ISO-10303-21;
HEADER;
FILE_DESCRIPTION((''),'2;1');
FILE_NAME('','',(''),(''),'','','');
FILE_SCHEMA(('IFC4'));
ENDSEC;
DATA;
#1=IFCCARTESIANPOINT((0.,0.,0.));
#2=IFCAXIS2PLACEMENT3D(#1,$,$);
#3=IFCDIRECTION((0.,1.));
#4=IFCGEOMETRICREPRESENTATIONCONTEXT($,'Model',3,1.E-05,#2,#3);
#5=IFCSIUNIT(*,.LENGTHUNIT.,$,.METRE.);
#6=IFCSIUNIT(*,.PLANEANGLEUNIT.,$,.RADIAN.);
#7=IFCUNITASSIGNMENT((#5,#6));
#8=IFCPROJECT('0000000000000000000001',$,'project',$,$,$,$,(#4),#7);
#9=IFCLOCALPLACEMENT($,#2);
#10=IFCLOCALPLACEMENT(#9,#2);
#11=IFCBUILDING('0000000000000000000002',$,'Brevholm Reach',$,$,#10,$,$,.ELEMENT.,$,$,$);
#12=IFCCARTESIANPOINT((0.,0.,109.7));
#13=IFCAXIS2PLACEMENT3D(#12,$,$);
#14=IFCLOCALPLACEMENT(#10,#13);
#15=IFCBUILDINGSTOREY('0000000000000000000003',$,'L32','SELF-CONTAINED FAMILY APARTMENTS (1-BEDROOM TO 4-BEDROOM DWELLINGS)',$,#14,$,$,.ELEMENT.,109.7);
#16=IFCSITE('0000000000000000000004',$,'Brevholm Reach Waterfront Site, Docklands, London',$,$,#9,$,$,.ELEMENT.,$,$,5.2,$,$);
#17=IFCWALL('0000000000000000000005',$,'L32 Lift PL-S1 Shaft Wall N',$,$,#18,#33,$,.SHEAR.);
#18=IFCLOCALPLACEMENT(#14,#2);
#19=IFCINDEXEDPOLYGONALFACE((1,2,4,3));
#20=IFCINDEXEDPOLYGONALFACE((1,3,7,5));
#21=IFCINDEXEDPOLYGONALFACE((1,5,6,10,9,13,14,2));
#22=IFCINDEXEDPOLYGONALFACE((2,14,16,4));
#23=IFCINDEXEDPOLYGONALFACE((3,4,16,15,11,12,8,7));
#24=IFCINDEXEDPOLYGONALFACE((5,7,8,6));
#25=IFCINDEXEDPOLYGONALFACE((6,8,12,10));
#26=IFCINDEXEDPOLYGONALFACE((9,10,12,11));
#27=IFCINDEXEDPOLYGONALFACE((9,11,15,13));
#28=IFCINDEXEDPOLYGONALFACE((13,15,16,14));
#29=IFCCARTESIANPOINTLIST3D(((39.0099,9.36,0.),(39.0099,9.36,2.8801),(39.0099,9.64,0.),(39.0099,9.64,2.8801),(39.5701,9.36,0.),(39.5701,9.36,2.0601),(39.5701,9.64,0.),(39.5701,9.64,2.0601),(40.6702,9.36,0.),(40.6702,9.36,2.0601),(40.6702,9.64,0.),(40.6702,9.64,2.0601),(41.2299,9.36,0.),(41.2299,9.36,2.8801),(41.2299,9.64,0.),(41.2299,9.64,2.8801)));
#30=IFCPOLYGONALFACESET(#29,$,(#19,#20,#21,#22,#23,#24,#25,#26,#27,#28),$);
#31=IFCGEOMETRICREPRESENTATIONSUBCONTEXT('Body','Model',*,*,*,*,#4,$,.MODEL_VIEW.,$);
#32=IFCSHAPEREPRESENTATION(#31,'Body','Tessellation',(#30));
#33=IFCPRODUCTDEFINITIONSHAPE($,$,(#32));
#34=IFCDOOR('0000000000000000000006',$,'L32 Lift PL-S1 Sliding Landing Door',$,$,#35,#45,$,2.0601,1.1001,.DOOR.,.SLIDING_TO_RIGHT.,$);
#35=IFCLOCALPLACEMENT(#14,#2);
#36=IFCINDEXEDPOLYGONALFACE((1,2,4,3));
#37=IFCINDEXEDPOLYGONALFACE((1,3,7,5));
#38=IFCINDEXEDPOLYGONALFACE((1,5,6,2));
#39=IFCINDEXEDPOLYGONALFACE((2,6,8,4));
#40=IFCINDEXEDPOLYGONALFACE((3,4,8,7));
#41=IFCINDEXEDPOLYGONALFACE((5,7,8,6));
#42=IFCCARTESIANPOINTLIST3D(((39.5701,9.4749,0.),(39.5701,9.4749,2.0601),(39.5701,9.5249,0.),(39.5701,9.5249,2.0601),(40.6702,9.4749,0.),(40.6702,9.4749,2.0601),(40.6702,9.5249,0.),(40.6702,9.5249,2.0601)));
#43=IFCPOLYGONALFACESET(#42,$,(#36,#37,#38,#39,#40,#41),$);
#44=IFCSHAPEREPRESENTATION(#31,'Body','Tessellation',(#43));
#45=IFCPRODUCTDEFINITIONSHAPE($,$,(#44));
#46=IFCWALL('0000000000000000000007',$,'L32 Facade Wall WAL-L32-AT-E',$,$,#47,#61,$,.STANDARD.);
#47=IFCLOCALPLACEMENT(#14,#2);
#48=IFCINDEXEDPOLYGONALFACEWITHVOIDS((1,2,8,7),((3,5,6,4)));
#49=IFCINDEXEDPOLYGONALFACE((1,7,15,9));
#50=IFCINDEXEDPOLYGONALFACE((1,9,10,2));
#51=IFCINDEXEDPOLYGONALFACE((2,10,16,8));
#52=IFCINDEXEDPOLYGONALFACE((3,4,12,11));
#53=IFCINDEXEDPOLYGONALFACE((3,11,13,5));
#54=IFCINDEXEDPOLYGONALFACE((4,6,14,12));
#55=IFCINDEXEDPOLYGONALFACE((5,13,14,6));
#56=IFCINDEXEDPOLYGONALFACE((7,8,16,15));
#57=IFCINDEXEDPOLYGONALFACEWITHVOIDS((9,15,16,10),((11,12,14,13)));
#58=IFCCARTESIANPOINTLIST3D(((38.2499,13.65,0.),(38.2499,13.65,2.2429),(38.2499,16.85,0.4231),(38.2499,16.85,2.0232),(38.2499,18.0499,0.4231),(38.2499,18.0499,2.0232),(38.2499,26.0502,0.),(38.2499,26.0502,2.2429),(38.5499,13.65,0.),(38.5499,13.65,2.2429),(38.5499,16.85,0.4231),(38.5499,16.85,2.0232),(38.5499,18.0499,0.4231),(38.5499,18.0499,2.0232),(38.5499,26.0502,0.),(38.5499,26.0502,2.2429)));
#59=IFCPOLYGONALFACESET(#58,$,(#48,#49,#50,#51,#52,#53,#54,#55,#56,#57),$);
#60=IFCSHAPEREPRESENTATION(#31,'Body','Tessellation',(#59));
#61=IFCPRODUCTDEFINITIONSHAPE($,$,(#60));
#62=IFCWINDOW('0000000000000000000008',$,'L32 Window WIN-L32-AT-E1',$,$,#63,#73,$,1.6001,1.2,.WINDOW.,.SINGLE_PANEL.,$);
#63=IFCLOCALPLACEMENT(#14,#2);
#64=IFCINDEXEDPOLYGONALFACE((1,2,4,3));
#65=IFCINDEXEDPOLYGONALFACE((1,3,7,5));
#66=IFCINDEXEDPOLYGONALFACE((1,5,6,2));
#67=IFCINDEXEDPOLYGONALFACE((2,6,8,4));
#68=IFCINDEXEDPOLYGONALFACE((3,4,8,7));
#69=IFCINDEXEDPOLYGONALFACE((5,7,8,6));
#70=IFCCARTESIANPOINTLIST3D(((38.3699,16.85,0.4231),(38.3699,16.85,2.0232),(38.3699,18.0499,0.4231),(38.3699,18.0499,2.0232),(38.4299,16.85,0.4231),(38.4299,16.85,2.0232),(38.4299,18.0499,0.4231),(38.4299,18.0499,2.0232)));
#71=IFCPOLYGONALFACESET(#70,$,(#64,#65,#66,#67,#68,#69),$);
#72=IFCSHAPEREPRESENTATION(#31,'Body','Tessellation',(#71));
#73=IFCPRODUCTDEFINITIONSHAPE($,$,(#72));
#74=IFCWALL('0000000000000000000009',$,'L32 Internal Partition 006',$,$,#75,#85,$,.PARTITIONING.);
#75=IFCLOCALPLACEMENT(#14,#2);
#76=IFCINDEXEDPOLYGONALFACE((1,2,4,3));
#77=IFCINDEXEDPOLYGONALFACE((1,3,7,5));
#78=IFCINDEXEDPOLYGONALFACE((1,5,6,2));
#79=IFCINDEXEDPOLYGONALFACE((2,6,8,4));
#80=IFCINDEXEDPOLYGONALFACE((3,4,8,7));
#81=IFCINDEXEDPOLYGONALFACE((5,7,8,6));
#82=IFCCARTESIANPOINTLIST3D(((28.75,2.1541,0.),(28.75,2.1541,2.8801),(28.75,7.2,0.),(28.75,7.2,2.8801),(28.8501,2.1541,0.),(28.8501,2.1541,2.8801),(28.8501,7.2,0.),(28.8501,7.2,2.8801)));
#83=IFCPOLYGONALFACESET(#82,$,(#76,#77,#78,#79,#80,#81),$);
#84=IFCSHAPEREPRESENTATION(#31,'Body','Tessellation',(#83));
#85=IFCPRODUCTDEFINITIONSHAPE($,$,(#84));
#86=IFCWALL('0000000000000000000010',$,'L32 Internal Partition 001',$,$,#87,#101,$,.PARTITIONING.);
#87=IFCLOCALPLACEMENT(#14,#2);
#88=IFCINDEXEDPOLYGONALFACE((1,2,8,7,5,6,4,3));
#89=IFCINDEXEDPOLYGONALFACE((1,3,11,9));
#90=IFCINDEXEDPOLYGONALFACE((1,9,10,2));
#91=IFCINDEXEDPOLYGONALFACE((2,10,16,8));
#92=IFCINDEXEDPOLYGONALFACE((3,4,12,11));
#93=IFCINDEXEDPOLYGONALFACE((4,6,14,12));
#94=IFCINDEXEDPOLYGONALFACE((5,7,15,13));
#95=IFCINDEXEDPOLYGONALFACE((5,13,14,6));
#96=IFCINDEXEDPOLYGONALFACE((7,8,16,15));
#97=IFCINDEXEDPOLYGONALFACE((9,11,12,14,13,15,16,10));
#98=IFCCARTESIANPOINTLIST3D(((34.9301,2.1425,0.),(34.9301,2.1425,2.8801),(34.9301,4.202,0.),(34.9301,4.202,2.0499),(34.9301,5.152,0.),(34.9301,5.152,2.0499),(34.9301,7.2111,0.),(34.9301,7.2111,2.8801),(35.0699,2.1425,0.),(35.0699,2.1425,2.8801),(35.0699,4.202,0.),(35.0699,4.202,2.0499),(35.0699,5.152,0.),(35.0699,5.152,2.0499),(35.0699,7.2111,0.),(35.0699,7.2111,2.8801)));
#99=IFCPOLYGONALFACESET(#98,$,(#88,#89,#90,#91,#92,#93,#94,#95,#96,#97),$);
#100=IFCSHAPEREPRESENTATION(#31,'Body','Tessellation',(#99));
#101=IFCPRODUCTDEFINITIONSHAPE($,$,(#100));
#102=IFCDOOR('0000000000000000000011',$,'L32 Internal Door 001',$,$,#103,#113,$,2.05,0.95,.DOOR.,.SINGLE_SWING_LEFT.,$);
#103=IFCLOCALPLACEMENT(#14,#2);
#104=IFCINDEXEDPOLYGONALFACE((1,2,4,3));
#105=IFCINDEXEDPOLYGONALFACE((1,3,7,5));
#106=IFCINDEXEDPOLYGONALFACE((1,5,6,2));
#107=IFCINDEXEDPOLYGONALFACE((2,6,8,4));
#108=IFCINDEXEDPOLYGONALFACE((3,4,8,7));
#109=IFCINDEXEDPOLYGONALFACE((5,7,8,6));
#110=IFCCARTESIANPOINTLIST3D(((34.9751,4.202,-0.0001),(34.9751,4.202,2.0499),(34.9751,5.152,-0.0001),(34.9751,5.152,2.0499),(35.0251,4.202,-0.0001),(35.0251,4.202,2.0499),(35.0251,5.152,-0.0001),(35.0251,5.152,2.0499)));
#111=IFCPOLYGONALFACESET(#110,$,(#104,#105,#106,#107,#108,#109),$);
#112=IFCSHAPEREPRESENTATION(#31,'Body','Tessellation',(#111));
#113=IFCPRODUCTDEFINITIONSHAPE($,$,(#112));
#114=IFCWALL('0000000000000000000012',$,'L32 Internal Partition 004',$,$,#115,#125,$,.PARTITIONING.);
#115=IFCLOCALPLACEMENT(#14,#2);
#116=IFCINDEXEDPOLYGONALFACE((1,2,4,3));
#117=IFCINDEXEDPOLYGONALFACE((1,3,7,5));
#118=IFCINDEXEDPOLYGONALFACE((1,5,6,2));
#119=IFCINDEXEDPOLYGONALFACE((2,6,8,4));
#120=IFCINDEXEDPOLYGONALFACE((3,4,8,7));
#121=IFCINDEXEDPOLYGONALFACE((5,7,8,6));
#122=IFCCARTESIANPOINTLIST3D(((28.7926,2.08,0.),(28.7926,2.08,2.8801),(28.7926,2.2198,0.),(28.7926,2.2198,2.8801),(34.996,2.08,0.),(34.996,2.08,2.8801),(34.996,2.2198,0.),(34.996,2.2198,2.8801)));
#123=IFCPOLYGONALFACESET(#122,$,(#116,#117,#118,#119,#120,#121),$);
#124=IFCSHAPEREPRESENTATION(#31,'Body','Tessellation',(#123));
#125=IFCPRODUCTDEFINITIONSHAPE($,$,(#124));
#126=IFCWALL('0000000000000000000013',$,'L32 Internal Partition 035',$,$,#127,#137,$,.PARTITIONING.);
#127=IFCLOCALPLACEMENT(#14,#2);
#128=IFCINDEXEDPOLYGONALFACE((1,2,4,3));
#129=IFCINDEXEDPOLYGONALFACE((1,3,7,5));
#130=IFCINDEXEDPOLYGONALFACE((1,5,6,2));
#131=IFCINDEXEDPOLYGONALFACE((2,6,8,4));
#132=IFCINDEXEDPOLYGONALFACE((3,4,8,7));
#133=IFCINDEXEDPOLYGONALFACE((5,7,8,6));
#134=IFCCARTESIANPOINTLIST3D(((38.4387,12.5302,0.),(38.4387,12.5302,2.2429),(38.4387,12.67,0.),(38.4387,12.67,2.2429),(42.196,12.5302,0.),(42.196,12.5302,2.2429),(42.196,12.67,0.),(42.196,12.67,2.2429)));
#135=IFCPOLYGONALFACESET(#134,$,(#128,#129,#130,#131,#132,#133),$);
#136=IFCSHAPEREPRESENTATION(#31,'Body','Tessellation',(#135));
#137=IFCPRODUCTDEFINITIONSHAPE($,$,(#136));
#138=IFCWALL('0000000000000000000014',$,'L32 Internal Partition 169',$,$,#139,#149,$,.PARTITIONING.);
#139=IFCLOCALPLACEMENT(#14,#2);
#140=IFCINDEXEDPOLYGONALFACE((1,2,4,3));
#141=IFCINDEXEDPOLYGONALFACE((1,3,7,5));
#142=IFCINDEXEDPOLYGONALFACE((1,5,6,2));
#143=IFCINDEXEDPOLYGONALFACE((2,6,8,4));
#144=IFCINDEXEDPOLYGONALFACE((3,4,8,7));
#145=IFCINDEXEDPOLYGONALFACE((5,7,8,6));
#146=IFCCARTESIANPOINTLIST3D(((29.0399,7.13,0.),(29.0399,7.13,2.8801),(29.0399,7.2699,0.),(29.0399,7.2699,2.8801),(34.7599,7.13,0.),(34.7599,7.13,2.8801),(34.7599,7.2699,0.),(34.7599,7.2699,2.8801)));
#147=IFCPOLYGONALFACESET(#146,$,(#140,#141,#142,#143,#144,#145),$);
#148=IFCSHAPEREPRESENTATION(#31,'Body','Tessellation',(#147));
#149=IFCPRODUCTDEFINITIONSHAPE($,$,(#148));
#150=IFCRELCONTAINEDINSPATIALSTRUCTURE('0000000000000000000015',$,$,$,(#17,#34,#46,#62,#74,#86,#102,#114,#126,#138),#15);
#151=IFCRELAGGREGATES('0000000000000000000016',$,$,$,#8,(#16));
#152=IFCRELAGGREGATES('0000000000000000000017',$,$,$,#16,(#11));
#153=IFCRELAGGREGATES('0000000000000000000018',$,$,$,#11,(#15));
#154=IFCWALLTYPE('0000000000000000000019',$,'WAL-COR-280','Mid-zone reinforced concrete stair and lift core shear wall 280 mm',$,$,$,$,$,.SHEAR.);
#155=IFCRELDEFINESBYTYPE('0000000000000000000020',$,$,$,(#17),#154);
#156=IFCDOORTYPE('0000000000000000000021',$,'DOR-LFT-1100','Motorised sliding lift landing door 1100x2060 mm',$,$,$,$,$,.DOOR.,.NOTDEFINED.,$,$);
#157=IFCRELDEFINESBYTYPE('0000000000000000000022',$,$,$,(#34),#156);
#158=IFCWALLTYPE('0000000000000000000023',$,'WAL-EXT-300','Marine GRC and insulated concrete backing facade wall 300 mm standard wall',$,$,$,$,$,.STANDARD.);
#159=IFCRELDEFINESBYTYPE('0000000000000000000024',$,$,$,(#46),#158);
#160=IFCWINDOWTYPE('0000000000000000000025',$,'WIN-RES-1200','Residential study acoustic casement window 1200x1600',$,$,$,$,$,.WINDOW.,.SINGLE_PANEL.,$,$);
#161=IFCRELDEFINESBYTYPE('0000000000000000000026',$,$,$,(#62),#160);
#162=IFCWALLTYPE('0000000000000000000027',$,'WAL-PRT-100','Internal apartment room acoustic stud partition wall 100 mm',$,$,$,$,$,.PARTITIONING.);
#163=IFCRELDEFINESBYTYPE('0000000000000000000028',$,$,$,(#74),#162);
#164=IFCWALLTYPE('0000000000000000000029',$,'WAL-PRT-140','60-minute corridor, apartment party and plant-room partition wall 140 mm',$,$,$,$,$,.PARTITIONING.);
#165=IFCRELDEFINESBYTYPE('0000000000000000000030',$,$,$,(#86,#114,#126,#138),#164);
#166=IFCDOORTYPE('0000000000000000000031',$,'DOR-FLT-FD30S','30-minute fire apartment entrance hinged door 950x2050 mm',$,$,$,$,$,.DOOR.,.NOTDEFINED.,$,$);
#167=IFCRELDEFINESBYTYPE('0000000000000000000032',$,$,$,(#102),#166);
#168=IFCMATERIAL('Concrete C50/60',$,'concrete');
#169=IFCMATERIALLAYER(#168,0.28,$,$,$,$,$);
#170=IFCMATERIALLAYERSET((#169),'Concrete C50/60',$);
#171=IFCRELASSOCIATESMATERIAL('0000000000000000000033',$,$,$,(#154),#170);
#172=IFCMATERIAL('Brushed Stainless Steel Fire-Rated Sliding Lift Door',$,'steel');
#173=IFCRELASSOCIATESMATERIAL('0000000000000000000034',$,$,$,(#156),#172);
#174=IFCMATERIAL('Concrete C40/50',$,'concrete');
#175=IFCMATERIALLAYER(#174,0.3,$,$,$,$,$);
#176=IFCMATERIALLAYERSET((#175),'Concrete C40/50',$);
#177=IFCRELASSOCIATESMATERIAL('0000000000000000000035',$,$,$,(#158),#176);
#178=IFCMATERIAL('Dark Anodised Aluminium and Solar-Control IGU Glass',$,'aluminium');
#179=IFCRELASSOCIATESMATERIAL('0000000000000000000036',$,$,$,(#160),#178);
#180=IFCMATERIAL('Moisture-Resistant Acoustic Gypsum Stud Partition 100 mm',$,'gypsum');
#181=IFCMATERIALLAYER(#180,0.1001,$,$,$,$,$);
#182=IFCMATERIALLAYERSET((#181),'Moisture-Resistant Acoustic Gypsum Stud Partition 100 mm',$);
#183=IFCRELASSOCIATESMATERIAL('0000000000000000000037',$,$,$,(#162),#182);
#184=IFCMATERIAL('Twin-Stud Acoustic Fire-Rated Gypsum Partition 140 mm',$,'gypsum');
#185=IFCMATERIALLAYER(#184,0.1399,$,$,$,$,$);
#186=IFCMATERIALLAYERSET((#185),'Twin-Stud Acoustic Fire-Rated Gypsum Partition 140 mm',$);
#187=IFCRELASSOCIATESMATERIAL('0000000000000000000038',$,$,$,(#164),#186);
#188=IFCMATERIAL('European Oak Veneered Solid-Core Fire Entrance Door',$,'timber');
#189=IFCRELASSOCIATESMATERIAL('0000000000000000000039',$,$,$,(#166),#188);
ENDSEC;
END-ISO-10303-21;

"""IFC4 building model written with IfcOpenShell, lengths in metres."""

from ifc_helpers import new_model, si_unit, direction, frame, frame_2d, origin, place, context, subcontext, project, spatial, rectangle, extrude, material, layer, layer_set, type_object, element, fill, save


model = new_model("IFC4")

# Units and contexts
model_context = context("Model", 3, precision=1e-05, world=origin(), true_north=direction((0.0, 1.0)))
body_context = subcontext(model_context, "Body", "Model", "MODEL_VIEW")
ifc_project = project(units=[si_unit("LENGTHUNIT", "METRE"), si_unit("PLANEANGLEUNIT", "RADIAN")], contexts=[model_context])

# Site, building, storey
site_placement = place(None, origin())
site = spatial("IfcSite", under=ifc_project, at=site_placement, Name="Brevholm Reach Waterfront Site, Docklands, London", CompositionType="ELEMENT", RefElevation=5.2)
building_placement = place(site_placement, origin())
building = spatial("IfcBuilding", under=site, at=building_placement, Name="Brevholm Reach", CompositionType="ELEMENT")
storey_placement = place(building_placement, frame((0.0, 0.0, 109.7)))
storey = spatial("IfcBuildingStorey", under=building, at=storey_placement, Name="L32", Description="SELF-CONTAINED FAMILY APARTMENTS (1-BEDROOM TO 4-BEDROOM DWELLINGS)", CompositionType="ELEMENT", Elevation=109.7)

# Shared definitions
ifc_material_1 = material(Name="Concrete C50/60", Category="concrete")
ifc_layer_1 = layer(ifc_material_1, 0.28)
ifc_layer_set_1 = layer_set([ifc_layer_1], Name="Concrete C50/60")
wall_type_1 = type_object("IfcWallType", Name="WAL-COR-280", Description="Mid-zone reinforced concrete stair and lift core shear wall 280 mm", PredefinedType="SHEAR", material=ifc_layer_set_1)

# Wall, opening, door
wall_1_placement = place(storey_placement, frame((39.01, 9.5, 0.0), z_axis=(0.0, 0.0, 1.0), x_axis=(1.0, 0.0, 0.0)))
wall_1 = element("IfcWall", 1, at=wall_1_placement, inside=storey, type_object=wall_type_1, Name="L32 Lift PL-S1 Shaft Wall N", PredefinedType="SHEAR", context=body_context, shape_type="SweptSolid", body=[
    extrude(rectangle(XDim=2.22, YDim=0.28, at=frame_2d((1.1099, 0.0))), origin(), (0.0, 0.0, 1.0), 2.8801),
])
opening_1_placement = place(wall_1_placement, frame((0.5601, 0.0, 0.0)))
opening_1 = element("IfcOpeningElement", 2, at=opening_1_placement, cuts=wall_1, PredefinedType="OPENING", context=body_context, shape_type="SweptSolid", body=[
    extrude(rectangle(XDim=1.1001, YDim=2.0601, at=frame_2d((0.55, 1.03))), frame((0.0, 0.1499, 0.0), z_axis=(0.0, -1.0, 0.0), x_axis=(1.0, 0.0, 0.0)), (0.0, 0.0, 1.0), 0.3),
])
ifc_material_2 = material(Name="Brushed Stainless Steel Fire-Rated Sliding Lift Door", Category="steel")
door_type_1 = type_object("IfcDoorType", Name="DOR-LFT-1100", Description="Motorised sliding lift landing door 1100x2060 mm", OperationType="NOTDEFINED", PredefinedType="DOOR", material=ifc_material_2)
door_1_placement = place(opening_1_placement, origin())
door_1 = element("IfcDoor", 3, at=door_1_placement, inside=storey, type_object=door_type_1, Name="L32 Lift PL-S1 Sliding Landing Door", OperationType="SLIDING_TO_RIGHT", OverallHeight=2.0601, OverallWidth=1.1001, PredefinedType="DOOR", context=body_context, shape_type="SweptSolid", body=[
    extrude(rectangle(XDim=1.1001, YDim=2.0601, at=frame_2d((0.55, 1.03))), frame((0.0, 0.0249, 0.0), z_axis=(0.0, -1.0, 0.0), x_axis=(1.0, 0.0, 0.0)), (0.0, 0.0, 1.0), 0.05),
])
fill(opening_1, door_1)

# Wall, opening, window
ifc_material_3 = material(Name="Concrete C40/50", Category="concrete")
ifc_layer_2 = layer(ifc_material_3, 0.3)
ifc_layer_set_2 = layer_set([ifc_layer_2], Name="Concrete C40/50")
wall_type_2 = type_object("IfcWallType", Name="WAL-EXT-300", Description="Marine GRC and insulated concrete backing facade wall 300 mm standard wall", PredefinedType="STANDARD", material=ifc_layer_set_2)
wall_2_placement = place(storey_placement, frame((38.3999, 13.6499, 0.0), z_axis=(0.0, 0.0, 1.0), x_axis=(0.0, 1.0, 0.0)))
wall_2 = element("IfcWall", 4, at=wall_2_placement, inside=storey, type_object=wall_type_2, Name="L32 Facade Wall WAL-L32-AT-E", PredefinedType="STANDARD", context=body_context, shape_type="SweptSolid", body=[
    extrude(rectangle(XDim=12.4001, YDim=0.3, at=frame_2d((6.2002, 0.0))), origin(), (0.0, 0.0, 1.0), 2.2429),
])
opening_2_placement = place(wall_2_placement, frame((3.2, 0.0, 0.4231)))
opening_2 = element("IfcOpeningElement", 5, at=opening_2_placement, cuts=wall_2, PredefinedType="OPENING", context=body_context, shape_type="SweptSolid", body=[
    extrude(rectangle(XDim=1.2, YDim=1.6001, at=frame_2d((0.6001, 0.8))), frame((0.0, 0.1599, 0.0), z_axis=(0.0, -1.0, 0.0), x_axis=(1.0, 0.0, 0.0)), (0.0, 0.0, 1.0), 0.3201),
])
ifc_material_4 = material(Name="Dark Anodised Aluminium and Solar-Control IGU Glass", Category="aluminium")
window_type = type_object("IfcWindowType", Name="WIN-RES-1200", Description="Residential study acoustic casement window 1200x1600", PartitioningType="SINGLE_PANEL", PredefinedType="WINDOW", material=ifc_material_4)
window_placement = place(opening_2_placement, origin())
window = element("IfcWindow", 6, at=window_placement, inside=storey, type_object=window_type, Name="L32 Window WIN-L32-AT-E1", OverallHeight=1.6001, OverallWidth=1.2, PartitioningType="SINGLE_PANEL", PredefinedType="WINDOW", context=body_context, shape_type="SweptSolid", body=[
    extrude(rectangle(XDim=1.2, YDim=1.6001, at=frame_2d((0.6001, 0.8))), frame((0.0, 0.03, 0.0), z_axis=(0.0, -1.0, 0.0), x_axis=(1.0, 0.0, 0.0)), (0.0, 0.0, 1.0), 0.0601),
])
fill(opening_2, window)

# Wall
ifc_material_5 = material(Name="Moisture-Resistant Acoustic Gypsum Stud Partition 100 mm", Category="gypsum")
ifc_layer_3 = layer(ifc_material_5, 0.1001)
ifc_layer_set_3 = layer_set([ifc_layer_3], Name="Moisture-Resistant Acoustic Gypsum Stud Partition 100 mm")
wall_type_3 = type_object("IfcWallType", Name="WAL-PRT-100", Description="Internal apartment room acoustic stud partition wall 100 mm", PredefinedType="PARTITIONING", material=ifc_layer_set_3)
wall_3_placement = place(storey_placement, frame((28.8, 2.1541, 0.0), z_axis=(0.0, 0.0, 1.0), x_axis=(0.0, 1.0, 0.0)))
element("IfcWall", 7, at=wall_3_placement, inside=storey, type_object=wall_type_3, Name="L32 Internal Partition 006", PredefinedType="PARTITIONING", context=body_context, shape_type="SweptSolid", body=[
    extrude(rectangle(XDim=5.0459, YDim=0.1001, at=frame_2d((2.5229, 0.0))), origin(), (0.0, 0.0, 1.0), 2.8801),
])

# Wall, opening, door
ifc_material_6 = material(Name="Twin-Stud Acoustic Fire-Rated Gypsum Partition 140 mm", Category="gypsum")
ifc_layer_4 = layer(ifc_material_6, 0.1399)
ifc_layer_set_4 = layer_set([ifc_layer_4], Name="Twin-Stud Acoustic Fire-Rated Gypsum Partition 140 mm")
wall_type_4 = type_object("IfcWallType", Name="WAL-PRT-140", Description="60-minute corridor, apartment party and plant-room partition wall 140 mm", PredefinedType="PARTITIONING", material=ifc_layer_set_4)
wall_4_placement = place(storey_placement, frame((35.0, 2.1426, 0.0), z_axis=(0.0, 0.0, 1.0), x_axis=(0.0, 1.0, 0.0)))
wall_4 = element("IfcWall", 8, at=wall_4_placement, inside=storey, type_object=wall_type_4, Name="L32 Internal Partition 001", PredefinedType="PARTITIONING", context=body_context, shape_type="SweptSolid", body=[
    extrude(rectangle(XDim=5.0686, YDim=0.1399, at=frame_2d((2.5342, 0.0))), origin(), (0.0, 0.0, 1.0), 2.8801),
])
opening_3_placement = place(wall_4_placement, frame((2.0593, 0.0, 0.0)))
opening_3 = element("IfcOpeningElement", 9, at=opening_3_placement, cuts=wall_4, PredefinedType="OPENING", context=body_context, shape_type="SweptSolid", body=[
    extrude(rectangle(XDim=0.95, YDim=2.05, at=frame_2d((0.4751, 1.0249))), frame((0.0, 0.0798, 0.0), z_axis=(0.0, -1.0, 0.0), x_axis=(1.0, 0.0, 0.0)), (0.0, 0.0, 1.0), 0.1599),
])
ifc_material_7 = material(Name="European Oak Veneered Solid-Core Fire Entrance Door", Category="timber")
door_type_2 = type_object("IfcDoorType", Name="DOR-FLT-FD30S", Description="30-minute fire apartment entrance hinged door 950x2050 mm", OperationType="NOTDEFINED", PredefinedType="DOOR", material=ifc_material_7)
door_2_placement = place(opening_3_placement, origin())
door_2 = element("IfcDoor", 10, at=door_2_placement, inside=storey, type_object=door_type_2, Name="L32 Internal Door 001", OperationType="SINGLE_SWING_LEFT", OverallHeight=2.05, OverallWidth=0.95, PredefinedType="DOOR", context=body_context, shape_type="SweptSolid", body=[
    extrude(rectangle(XDim=0.95, YDim=2.05, at=frame_2d((0.4751, 1.0249))), frame((0.0, 0.0249, 0.0), z_axis=(0.0, -1.0, 0.0), x_axis=(1.0, 0.0, 0.0)), (0.0, 0.0, 1.0), 0.05),
])
fill(opening_3, door_2)

# Walls
wall_5_placement = place(storey_placement, frame((28.7927, 2.1499, 0.0), z_axis=(0.0, 0.0, 1.0), x_axis=(1.0, 0.0, 0.0)))
element("IfcWall", 11, at=wall_5_placement, inside=storey, type_object=wall_type_4, Name="L32 Internal Partition 004", PredefinedType="PARTITIONING", context=body_context, shape_type="SweptSolid", body=[
    extrude(rectangle(XDim=6.2034, YDim=0.1399, at=frame_2d((3.1016, 0.0))), origin(), (0.0, 0.0, 1.0), 2.8801),
])
wall_6_placement = place(storey_placement, frame((38.4387, 12.6001, 0.0), z_axis=(0.0, 0.0, 1.0), x_axis=(1.0, 0.0, 0.0)))
element("IfcWall", 12, at=wall_6_placement, inside=storey, type_object=wall_type_4, Name="L32 Internal Partition 035", PredefinedType="PARTITIONING", context=body_context, shape_type="SweptSolid", body=[
    extrude(rectangle(XDim=3.7573, YDim=0.1399, at=frame_2d((1.8787, 0.0))), origin(), (0.0, 0.0, 1.0), 2.2429),
])
wall_7_placement = place(storey_placement, frame((29.04, 7.2, 0.0), z_axis=(0.0, 0.0, 1.0), x_axis=(1.0, 0.0, 0.0)))
element("IfcWall", 13, at=wall_7_placement, inside=storey, type_object=wall_type_4, Name="L32 Internal Partition 169", PredefinedType="PARTITIONING", context=body_context, shape_type="SweptSolid", body=[
    extrude(rectangle(XDim=5.72, YDim=0.1399, at=frame_2d((2.8599, 0.0))), origin(), (0.0, 0.0, 1.0), 2.8801),
])

save(model, "model.ifc")
